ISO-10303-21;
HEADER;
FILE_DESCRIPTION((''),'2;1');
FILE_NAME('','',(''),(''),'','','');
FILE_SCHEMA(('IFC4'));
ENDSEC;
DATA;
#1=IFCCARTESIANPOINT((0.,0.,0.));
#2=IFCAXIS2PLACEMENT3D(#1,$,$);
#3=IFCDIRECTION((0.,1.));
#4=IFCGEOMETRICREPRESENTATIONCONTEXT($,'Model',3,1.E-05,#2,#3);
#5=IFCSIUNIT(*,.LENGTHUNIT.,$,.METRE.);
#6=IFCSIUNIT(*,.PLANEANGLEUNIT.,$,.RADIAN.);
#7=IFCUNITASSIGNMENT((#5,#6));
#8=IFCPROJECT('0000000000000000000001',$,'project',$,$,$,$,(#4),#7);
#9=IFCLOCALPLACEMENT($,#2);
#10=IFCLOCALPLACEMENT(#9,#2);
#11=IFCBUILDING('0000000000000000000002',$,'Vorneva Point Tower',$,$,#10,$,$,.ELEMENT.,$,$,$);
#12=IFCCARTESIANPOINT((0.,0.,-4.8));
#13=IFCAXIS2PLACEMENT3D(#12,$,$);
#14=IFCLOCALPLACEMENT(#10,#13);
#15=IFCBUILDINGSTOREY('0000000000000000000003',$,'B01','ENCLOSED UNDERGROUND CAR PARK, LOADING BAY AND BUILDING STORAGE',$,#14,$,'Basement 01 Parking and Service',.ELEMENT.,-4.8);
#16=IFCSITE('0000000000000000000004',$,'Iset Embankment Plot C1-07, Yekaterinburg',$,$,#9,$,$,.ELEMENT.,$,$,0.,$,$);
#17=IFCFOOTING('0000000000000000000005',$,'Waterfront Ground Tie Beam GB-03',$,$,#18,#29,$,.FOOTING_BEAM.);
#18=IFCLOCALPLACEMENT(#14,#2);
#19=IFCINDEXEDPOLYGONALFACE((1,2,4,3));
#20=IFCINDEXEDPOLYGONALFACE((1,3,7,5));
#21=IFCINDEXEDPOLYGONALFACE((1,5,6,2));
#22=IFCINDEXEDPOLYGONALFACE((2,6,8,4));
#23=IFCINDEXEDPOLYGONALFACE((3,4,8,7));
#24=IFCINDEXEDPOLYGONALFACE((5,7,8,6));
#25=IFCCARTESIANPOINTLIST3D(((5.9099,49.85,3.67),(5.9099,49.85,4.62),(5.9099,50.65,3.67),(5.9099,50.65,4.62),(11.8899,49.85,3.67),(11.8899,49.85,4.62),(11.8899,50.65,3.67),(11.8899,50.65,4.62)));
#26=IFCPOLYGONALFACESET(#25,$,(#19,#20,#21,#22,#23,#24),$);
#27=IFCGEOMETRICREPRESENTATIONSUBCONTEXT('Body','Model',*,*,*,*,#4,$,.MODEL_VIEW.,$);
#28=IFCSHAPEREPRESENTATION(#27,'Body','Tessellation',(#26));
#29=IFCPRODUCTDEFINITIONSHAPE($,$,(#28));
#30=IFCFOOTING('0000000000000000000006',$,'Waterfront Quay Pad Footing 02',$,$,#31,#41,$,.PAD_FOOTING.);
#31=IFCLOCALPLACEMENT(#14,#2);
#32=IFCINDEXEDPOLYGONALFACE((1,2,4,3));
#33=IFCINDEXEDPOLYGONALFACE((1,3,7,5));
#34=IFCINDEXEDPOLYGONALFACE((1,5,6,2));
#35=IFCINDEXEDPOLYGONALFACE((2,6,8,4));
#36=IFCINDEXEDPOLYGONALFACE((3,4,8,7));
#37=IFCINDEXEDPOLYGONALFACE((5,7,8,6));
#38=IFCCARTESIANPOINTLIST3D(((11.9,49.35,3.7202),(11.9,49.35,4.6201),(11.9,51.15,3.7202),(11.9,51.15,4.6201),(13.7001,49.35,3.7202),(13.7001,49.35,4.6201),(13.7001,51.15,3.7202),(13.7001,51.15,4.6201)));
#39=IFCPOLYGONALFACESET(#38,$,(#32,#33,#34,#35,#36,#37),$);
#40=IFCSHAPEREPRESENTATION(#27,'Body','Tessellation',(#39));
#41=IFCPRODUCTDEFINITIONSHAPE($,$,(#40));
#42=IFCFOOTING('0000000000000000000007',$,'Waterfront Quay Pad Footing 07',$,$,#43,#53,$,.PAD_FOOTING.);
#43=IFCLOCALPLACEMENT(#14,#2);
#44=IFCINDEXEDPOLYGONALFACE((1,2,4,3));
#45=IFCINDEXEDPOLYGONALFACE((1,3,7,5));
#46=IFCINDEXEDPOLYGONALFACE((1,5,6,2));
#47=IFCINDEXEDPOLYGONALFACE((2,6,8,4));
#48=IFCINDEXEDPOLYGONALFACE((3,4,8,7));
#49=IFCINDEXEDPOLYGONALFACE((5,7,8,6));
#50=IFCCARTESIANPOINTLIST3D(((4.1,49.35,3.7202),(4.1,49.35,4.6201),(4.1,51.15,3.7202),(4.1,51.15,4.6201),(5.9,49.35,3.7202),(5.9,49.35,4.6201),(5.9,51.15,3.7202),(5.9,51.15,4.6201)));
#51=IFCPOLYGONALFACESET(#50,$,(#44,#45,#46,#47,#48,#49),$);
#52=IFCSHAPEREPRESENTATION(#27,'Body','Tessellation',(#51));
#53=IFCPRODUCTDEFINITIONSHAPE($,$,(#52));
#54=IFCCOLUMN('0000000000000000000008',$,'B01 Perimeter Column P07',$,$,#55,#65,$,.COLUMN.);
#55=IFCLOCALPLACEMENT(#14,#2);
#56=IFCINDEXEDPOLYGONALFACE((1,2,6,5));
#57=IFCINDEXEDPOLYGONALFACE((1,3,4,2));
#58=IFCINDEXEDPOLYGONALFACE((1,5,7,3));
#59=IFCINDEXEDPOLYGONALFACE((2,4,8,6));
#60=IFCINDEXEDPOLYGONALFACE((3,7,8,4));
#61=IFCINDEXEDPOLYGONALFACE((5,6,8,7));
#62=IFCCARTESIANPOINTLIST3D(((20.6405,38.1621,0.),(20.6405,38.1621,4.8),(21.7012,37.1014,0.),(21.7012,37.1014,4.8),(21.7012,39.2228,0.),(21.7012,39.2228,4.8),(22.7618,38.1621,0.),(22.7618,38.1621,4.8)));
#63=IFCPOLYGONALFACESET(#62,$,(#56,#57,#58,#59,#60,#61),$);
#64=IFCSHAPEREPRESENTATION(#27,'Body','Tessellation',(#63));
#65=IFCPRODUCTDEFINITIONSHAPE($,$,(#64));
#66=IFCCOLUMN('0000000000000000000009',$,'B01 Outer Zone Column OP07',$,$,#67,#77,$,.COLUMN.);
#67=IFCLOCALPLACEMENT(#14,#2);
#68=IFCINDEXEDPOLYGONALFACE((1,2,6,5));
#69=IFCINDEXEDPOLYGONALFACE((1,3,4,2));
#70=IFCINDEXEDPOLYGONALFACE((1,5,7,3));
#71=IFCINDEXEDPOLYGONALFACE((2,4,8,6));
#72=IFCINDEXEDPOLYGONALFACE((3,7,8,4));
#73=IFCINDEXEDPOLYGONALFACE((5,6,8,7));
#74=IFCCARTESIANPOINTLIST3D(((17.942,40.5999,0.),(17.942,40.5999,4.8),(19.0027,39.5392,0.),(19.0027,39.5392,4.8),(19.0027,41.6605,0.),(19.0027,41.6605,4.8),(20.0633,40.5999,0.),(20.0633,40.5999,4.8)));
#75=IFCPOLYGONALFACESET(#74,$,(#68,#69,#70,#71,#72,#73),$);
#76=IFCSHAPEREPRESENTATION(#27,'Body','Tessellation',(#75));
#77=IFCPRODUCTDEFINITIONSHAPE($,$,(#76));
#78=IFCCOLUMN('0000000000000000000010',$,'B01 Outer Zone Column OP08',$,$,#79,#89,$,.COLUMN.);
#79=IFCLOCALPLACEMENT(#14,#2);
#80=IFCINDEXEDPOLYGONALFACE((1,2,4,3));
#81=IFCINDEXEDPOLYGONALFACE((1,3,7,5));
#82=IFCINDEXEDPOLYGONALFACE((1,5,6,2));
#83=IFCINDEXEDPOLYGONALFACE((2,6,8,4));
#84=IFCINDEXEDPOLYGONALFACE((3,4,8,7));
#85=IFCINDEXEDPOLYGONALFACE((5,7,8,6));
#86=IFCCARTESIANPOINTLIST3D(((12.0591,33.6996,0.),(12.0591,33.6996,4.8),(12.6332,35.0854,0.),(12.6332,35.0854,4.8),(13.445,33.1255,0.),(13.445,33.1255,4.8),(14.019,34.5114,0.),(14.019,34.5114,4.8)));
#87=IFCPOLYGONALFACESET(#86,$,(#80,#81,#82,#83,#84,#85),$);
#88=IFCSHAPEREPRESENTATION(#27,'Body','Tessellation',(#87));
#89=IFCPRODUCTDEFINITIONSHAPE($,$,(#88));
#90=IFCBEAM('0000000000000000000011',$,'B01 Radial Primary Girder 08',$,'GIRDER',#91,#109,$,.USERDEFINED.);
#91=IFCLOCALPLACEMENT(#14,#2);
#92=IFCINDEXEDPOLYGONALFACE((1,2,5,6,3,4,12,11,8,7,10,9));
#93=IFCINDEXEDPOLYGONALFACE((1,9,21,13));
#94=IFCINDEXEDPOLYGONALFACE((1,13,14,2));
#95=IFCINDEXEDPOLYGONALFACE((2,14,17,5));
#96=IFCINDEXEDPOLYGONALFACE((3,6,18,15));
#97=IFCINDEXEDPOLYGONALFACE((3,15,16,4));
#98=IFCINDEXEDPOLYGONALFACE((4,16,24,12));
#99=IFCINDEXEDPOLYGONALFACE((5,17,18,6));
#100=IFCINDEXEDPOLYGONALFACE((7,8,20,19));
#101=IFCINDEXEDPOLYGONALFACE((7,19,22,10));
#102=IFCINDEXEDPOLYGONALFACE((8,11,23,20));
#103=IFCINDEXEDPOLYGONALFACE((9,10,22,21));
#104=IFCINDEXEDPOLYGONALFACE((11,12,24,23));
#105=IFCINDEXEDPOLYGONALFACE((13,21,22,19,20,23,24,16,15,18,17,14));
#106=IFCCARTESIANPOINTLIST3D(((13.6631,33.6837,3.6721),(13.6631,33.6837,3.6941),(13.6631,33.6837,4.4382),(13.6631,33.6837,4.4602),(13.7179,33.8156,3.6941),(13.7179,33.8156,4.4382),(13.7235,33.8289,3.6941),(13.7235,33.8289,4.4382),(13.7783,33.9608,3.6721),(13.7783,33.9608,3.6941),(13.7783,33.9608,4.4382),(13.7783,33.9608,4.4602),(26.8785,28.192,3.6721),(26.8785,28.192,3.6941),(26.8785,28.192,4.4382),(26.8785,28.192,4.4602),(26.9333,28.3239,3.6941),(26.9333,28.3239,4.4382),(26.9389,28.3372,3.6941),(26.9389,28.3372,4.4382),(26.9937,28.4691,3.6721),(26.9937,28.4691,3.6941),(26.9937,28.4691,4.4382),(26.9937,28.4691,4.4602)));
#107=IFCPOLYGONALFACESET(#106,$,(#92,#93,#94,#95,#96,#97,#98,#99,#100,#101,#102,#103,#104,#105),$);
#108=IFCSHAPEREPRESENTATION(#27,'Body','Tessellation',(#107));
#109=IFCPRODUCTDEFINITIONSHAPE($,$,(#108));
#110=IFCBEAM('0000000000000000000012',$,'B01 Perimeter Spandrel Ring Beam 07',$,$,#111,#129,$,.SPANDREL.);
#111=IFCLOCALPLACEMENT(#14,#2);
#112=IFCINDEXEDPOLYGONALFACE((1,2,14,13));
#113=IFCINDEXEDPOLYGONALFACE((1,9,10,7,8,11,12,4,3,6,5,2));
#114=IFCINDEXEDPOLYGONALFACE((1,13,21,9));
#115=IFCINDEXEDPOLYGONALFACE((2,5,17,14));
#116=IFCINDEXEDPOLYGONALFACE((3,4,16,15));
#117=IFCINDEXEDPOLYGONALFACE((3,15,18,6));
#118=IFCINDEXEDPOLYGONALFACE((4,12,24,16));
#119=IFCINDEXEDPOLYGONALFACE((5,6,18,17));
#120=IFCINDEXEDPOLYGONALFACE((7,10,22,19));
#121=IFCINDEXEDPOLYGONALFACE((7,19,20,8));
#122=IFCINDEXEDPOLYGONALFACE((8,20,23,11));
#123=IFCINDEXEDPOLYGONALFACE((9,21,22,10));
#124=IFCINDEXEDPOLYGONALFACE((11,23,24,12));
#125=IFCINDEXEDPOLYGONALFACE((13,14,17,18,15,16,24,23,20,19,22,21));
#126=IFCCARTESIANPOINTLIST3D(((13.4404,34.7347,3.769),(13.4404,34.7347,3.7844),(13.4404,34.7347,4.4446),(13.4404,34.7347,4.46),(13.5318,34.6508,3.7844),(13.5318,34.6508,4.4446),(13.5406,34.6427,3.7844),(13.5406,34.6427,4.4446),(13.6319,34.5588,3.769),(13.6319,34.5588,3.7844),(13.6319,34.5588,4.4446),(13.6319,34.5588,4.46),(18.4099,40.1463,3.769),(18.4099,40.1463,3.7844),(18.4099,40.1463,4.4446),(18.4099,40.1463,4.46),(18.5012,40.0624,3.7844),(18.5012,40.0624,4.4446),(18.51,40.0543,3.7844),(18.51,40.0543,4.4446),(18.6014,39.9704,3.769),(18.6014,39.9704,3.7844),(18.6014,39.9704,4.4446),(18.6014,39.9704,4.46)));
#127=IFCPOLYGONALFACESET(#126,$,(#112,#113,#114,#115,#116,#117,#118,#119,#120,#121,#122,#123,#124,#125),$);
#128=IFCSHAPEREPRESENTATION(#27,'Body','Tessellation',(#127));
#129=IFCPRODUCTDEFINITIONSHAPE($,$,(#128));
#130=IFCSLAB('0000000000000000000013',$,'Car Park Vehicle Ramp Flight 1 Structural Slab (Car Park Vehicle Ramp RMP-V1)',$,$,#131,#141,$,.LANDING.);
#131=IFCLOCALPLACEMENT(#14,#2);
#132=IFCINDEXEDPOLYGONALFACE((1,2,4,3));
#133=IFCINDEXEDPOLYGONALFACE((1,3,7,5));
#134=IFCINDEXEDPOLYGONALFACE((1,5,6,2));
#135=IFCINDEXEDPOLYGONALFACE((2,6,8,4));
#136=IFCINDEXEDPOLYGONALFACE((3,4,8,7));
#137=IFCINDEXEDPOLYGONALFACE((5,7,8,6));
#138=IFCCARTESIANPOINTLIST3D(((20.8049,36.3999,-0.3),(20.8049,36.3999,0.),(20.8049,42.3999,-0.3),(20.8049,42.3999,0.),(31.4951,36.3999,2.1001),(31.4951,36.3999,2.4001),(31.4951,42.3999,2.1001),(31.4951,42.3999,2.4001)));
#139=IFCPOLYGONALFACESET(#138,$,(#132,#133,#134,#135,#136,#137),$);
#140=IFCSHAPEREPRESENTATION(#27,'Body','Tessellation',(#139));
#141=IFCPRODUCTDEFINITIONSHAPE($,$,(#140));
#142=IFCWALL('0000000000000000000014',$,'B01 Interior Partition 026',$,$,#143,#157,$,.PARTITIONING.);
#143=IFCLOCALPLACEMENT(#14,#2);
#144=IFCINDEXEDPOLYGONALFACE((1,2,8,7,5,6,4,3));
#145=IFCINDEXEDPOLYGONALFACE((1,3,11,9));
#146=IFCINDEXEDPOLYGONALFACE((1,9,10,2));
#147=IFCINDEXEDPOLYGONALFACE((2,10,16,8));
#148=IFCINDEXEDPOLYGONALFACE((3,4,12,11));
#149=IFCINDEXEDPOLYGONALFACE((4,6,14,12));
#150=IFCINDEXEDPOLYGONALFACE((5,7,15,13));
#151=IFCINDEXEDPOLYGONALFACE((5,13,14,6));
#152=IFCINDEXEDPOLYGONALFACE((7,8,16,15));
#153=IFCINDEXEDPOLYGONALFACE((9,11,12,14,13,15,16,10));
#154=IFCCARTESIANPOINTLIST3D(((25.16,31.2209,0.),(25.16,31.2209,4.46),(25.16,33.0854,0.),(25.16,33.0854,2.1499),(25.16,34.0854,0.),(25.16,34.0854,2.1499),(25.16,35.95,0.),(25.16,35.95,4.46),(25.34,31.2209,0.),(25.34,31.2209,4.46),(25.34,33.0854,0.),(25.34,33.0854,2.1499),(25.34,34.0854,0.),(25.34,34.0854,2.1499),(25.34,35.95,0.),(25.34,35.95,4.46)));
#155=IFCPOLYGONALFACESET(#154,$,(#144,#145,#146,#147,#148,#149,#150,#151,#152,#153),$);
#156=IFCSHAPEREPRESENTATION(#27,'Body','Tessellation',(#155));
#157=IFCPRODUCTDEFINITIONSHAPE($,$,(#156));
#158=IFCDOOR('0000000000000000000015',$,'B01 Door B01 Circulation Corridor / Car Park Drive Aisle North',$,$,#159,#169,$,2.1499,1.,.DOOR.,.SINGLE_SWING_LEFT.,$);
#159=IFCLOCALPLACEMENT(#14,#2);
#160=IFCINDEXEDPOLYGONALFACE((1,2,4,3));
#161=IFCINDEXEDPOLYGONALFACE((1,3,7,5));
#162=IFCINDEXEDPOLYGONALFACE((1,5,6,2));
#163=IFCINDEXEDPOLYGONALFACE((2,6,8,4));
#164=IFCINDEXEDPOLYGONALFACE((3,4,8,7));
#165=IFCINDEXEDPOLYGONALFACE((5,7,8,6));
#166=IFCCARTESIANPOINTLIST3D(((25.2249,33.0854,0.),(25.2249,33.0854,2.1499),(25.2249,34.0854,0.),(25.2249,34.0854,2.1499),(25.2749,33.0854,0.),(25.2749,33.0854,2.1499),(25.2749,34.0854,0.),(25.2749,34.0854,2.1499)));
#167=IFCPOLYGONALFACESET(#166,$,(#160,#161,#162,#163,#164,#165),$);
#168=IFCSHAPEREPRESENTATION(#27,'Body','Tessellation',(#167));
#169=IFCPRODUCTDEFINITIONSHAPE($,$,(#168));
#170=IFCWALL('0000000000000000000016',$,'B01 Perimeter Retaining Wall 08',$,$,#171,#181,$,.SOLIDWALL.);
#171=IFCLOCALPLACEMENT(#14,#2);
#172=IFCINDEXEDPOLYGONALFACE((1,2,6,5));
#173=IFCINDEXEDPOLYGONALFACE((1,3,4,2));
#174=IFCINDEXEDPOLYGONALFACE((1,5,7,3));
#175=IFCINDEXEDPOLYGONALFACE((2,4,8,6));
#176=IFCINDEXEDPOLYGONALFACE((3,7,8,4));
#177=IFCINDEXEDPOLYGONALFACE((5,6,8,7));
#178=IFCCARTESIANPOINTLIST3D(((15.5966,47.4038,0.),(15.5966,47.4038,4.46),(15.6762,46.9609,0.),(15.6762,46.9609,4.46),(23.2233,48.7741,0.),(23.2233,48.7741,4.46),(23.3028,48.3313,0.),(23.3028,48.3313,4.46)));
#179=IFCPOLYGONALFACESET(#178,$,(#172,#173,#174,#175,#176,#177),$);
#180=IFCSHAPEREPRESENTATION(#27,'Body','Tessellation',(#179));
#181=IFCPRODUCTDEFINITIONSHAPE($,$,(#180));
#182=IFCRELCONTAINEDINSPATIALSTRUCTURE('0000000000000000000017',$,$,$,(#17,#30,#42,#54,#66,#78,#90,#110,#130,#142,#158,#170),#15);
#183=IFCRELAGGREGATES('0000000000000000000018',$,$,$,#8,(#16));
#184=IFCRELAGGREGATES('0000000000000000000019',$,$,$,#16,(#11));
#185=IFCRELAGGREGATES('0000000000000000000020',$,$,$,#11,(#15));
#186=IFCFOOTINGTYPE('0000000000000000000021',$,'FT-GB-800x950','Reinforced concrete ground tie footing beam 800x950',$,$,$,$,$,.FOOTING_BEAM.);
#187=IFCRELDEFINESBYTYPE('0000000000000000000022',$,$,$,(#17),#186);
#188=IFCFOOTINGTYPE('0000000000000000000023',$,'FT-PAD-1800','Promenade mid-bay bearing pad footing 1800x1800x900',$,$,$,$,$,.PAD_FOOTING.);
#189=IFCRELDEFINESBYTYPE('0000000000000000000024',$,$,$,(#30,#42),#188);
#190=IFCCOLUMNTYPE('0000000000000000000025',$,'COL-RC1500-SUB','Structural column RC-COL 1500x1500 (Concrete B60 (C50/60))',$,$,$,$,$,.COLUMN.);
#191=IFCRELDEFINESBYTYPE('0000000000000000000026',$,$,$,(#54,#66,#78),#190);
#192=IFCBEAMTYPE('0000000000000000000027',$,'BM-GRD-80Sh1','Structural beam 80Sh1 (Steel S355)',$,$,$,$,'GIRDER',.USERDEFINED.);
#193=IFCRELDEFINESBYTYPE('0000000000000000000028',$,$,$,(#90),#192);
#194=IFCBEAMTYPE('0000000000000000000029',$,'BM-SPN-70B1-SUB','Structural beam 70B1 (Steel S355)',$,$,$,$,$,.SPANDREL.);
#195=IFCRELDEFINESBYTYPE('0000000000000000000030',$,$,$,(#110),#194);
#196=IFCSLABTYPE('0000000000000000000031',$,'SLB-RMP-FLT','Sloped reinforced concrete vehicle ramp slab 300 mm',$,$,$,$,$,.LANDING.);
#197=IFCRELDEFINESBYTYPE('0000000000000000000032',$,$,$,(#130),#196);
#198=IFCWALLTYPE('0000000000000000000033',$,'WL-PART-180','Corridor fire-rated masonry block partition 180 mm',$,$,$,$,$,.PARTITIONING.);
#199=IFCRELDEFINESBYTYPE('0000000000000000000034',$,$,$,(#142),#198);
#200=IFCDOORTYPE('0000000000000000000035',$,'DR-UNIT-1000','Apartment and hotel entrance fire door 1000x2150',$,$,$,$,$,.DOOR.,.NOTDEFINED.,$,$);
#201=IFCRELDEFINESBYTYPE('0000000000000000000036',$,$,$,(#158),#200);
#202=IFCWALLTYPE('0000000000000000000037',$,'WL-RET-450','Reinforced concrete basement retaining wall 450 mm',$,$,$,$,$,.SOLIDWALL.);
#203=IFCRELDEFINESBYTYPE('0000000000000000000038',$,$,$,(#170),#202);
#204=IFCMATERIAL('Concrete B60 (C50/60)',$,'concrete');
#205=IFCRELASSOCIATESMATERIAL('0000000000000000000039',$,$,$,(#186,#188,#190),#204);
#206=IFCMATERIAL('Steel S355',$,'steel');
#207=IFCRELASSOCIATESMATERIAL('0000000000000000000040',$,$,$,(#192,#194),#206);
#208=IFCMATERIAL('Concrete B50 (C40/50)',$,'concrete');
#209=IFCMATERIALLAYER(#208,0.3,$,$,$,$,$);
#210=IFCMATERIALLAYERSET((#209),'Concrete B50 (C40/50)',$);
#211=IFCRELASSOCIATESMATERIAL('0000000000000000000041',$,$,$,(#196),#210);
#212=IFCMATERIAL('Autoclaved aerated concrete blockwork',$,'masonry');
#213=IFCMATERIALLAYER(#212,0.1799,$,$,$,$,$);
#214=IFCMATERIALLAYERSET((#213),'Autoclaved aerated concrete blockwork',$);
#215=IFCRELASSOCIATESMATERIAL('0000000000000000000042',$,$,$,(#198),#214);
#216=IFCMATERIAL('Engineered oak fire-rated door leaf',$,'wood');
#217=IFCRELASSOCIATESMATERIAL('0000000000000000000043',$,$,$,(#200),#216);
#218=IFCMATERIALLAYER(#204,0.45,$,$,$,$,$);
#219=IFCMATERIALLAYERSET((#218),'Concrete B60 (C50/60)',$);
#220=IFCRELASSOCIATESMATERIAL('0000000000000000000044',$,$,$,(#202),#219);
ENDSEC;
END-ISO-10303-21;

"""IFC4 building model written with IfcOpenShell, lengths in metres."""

from ifc_helpers import new_model, si_unit, direction, frame, frame_2d, origin, origin_2d, place, context, subcontext, project, spatial, polyline, rectangle, i_section, outline, extrude, material, layer, layer_set, material_profile, profile_set, type_object, element, fill, save


model = new_model("IFC4")

# Units and contexts
model_context = context("Model", 3, precision=1e-05, world=origin(), true_north=direction((0.0, 1.0)))
body_context = subcontext(model_context, "Body", "Model", "MODEL_VIEW")
ifc_project = project(units=[si_unit("LENGTHUNIT", "METRE"), si_unit("PLANEANGLEUNIT", "RADIAN")], contexts=[model_context])

# Site, building, storey
site_placement = place(None, origin())
site = spatial("IfcSite", under=ifc_project, at=site_placement, Name="Iset Embankment Plot C1-07, Yekaterinburg", CompositionType="ELEMENT", RefElevation=0.0)
building_placement = place(site_placement, origin())
building = spatial("IfcBuilding", under=site, at=building_placement, Name="Vorneva Point Tower", CompositionType="ELEMENT")
storey_placement = place(building_placement, frame((0.0, 0.0, -4.8)))
storey = spatial("IfcBuildingStorey", under=building, at=storey_placement, Name="B01", Description="ENCLOSED UNDERGROUND CAR PARK, LOADING BAY AND BUILDING STORAGE", LongName="Basement 01 Parking and Service", CompositionType="ELEMENT", Elevation=-4.8)

# Footings
ifc_material_1 = material(Name="Concrete B60 (C50/60)", Category="concrete")
ifc_material_profile_1 = material_profile(ifc_material_1, rectangle(XDim=0.8, YDim=0.95, at=origin_2d()), Name="GB 800x950")
ifc_profile_set_1 = profile_set([ifc_material_profile_1], Name="Concrete B60 (C50/60)")
footing_type_1 = type_object("IfcFootingType", Name="FT-GB-800x950", Description="Reinforced concrete ground tie footing beam 800x950", PredefinedType="FOOTING_BEAM", material=ifc_profile_set_1)
footing_placement = place(storey_placement, frame((5.9099, 50.25, 4.145), z_axis=(1.0, 0.0, 0.0), x_axis=(0.0, 1.0, 0.0)))
element("IfcFooting", 1, at=footing_placement, inside=storey, type_object=footing_type_1, Name="Waterfront Ground Tie Beam GB-03", PredefinedType="FOOTING_BEAM", context=body_context, shape_type="SweptSolid", body=[
    extrude(rectangle(XDim=0.8, YDim=0.95, at=origin_2d()), origin(), (0.0, 0.0, 1.0), 5.98),
])
footing_type_2 = type_object("IfcFootingType", Name="FT-PAD-1800", Description="Promenade mid-bay bearing pad footing 1800x1800x900", PredefinedType="PAD_FOOTING", material=ifc_material_1)
for number, where, z_axis, x_axis, name in (
    (2, (12.8, 50.25, 3.7202), (0.0, 0.0, 1.0), (1.0, 0.0, 0.0), "Waterfront Quay Pad Footing 02"),
    (3, (5.0, 50.25, 3.7202), (0.0, 0.0, 1.0), (1.0, 0.0, 0.0), "Waterfront Quay Pad Footing 07"),
):
    element("IfcFooting", number, at=place(storey_placement, frame(where, z_axis=z_axis, x_axis=x_axis)), inside=storey, type_object=footing_type_2, Name=name, PredefinedType="PAD_FOOTING", context=body_context, shape_type="SweptSolid", body=[
        extrude(rectangle(XDim=1.8, YDim=1.8, at=origin_2d()), origin(), (0.0, 0.0, 1.0), 0.8999),
    ])

# Columns
ifc_material_profile_2 = material_profile(ifc_material_1, rectangle(XDim=1.5, YDim=1.5, at=origin_2d()), Name="RC-COL 1500x1500")
ifc_profile_set_2 = profile_set([ifc_material_profile_2], Name="Concrete B60 (C50/60)")
column_type = type_object("IfcColumnType", Name="COL-RC1500-SUB", Description="Structural column RC-COL 1500x1500 (Concrete B60 (C50/60))", PredefinedType="COLUMN", material=ifc_profile_set_2)
for number, where, z_axis, x_axis, name in (
    (4, (21.7012, 38.1621, 0.0), (0.0, 0.0, 1.0), (-0.707107, 0.707107, 0.0), "B01 Perimeter Column P07"),
    (5, (19.0027, 40.5999, 0.0), (0.0, 0.0, 1.0), (-0.707107, 0.707107, 0.0), "B01 Outer Zone Column OP07"),
    (6, (13.0391, 34.1055, 0.0), (0.0, 0.0, 1.0), (-0.92388, 0.382683, 0.0), "B01 Outer Zone Column OP08"),
):
    element("IfcColumn", number, at=place(storey_placement, frame(where, z_axis=z_axis, x_axis=x_axis)), inside=storey, type_object=column_type, Name=name, PredefinedType="COLUMN", context=body_context, shape_type="SweptSolid", body=[
        extrude(rectangle(XDim=1.5, YDim=1.5, at=origin_2d()), origin(), (0.0, 0.0, 1.0), 4.8),
    ])

# Beams
ifc_material_2 = material(Name="Steel S355", Category="steel")
ifc_material_profile_3 = material_profile(ifc_material_2, i_section(OverallWidth=0.3, OverallDepth=0.7881, WebThickness=0.0144, FlangeThickness=0.022, at=origin_2d()), Name="80Sh1")
ifc_profile_set_3 = profile_set([ifc_material_profile_3], Name="Steel S355")
beam_type_1 = type_object("IfcBeamType", Name="BM-GRD-80Sh1", Description="Structural beam 80Sh1 (Steel S355)", ElementType="GIRDER", PredefinedType="USERDEFINED", material=ifc_profile_set_3)
beam_1_placement = place(storey_placement, frame((13.7207, 33.8223, 4.0662), z_axis=(0.923441, -0.383741, 0.0), x_axis=(0.383741, 0.923441, 0.0)))
element("IfcBeam", 7, at=beam_1_placement, inside=storey, type_object=beam_type_1, Name="B01 Radial Primary Girder 08", ObjectType="GIRDER", PredefinedType="USERDEFINED", context=body_context, shape_type="SweptSolid", body=[
    extrude(i_section(OverallWidth=0.3, OverallDepth=0.7881, WebThickness=0.0144, FlangeThickness=0.022, at=origin_2d()), origin(), (0.0, 0.0, 1.0), 14.311),
])
ifc_material_profile_4 = material_profile(ifc_material_2, i_section(OverallWidth=0.26, OverallDepth=0.6909, WebThickness=0.012, FlangeThickness=0.0154, at=origin_2d()), Name="70B1")
ifc_profile_set_4 = profile_set([ifc_material_profile_4], Name="Steel S355")
beam_type_2 = type_object("IfcBeamType", Name="BM-SPN-70B1-SUB", Description="Structural beam 70B1 (Steel S355)", PredefinedType="SPANDREL", material=ifc_profile_set_4)
beam_2_placement = place(storey_placement, frame((18.5056, 40.0583, 4.1145), z_axis=(-0.676377, -0.736555, 0.0), x_axis=(0.736555, -0.676377, 0.0)))
element("IfcBeam", 8, at=beam_2_placement, inside=storey, type_object=beam_type_2, Name="B01 Perimeter Spandrel Ring Beam 07", PredefinedType="SPANDREL", context=body_context, shape_type="SweptSolid", body=[
    extrude(i_section(OverallWidth=0.26, OverallDepth=0.6909, WebThickness=0.012, FlangeThickness=0.0154, at=origin_2d()), origin(), (0.0, 0.0, 1.0), 7.3472),
])

# Slab
ifc_material_3 = material(Name="Concrete B50 (C40/50)", Category="concrete")
ifc_layer_1 = layer(ifc_material_3, 0.3)
ifc_layer_set_1 = layer_set([ifc_layer_1], Name="Concrete B50 (C40/50)")
slab_type = type_object("IfcSlabType", Name="SLB-RMP-FLT", Description="Sloped reinforced concrete vehicle ramp slab 300 mm", PredefinedType="LANDING", material=ifc_layer_set_1)
slab_placement = place(storey_placement, frame((20.8049, 39.3999, 0.0), z_axis=(0.0, 0.0, 1.0), x_axis=(1.0, 0.0, 0.0)))
element("IfcSlab", 9, at=slab_placement, inside=storey, type_object=slab_type, Name="Car Park Vehicle Ramp Flight 1 Structural Slab (Car Park Vehicle Ramp RMP-V1)", PredefinedType="LANDING", context=body_context, shape_type="SweptSolid", body=[
    extrude(outline(polyline([(0.0, -0.3), (10.6902, 2.1001), (10.6902, 2.4001), (0.0, 0.0), (0.0, -0.3)])), frame((0.0, 3.0, 0.0), z_axis=(0.0, -1.0, 0.0), x_axis=(1.0, 0.0, 0.0)), (0.0, 0.0, 1.0), 6.0),
])

# Wall, opening, door
ifc_material_4 = material(Name="Autoclaved aerated concrete blockwork", Category="masonry")
ifc_layer_2 = layer(ifc_material_4, 0.1799)
ifc_layer_set_2 = layer_set([ifc_layer_2], Name="Autoclaved aerated concrete blockwork")
wall_type_1 = type_object("IfcWallType", Name="WL-PART-180", Description="Corridor fire-rated masonry block partition 180 mm", PredefinedType="PARTITIONING", material=ifc_layer_set_2)
wall_1_placement = place(storey_placement, frame((25.25, 35.95, 0.0), z_axis=(0.0, 0.0, 1.0), x_axis=(0.0, -1.0, 0.0)))
wall_1 = element("IfcWall", 10, at=wall_1_placement, inside=storey, type_object=wall_type_1, Name="B01 Interior Partition 026", PredefinedType="PARTITIONING", context=body_context, shape_type="SweptSolid", body=[
    extrude(rectangle(XDim=4.729, YDim=0.1799, at=frame_2d((2.3645, 0.0))), origin(), (0.0, 0.0, 1.0), 4.46),
])
opening_placement = place(wall_1_placement, frame((1.8645, 0.0, 0.0)))
opening = element("IfcOpeningElement", 11, at=opening_placement, cuts=wall_1, PredefinedType="OPENING", context=body_context, shape_type="SweptSolid", body=[
    extrude(rectangle(XDim=1.0, YDim=2.1499, at=frame_2d((0.5, 1.075))), frame((0.0, 0.105, 0.0), z_axis=(0.0, -1.0, 0.0), x_axis=(1.0, 0.0, 0.0)), (0.0, 0.0, 1.0), 0.2097),
])
ifc_material_5 = material(Name="Engineered oak fire-rated door leaf", Category="wood")
door_type = type_object("IfcDoorType", Name="DR-UNIT-1000", Description="Apartment and hotel entrance fire door 1000x2150", OperationType="NOTDEFINED", PredefinedType="DOOR", material=ifc_material_5)
door_placement = place(opening_placement, origin())
door = element("IfcDoor", 12, at=door_placement, inside=storey, type_object=door_type, Name="B01 Door B01 Circulation Corridor / Car Park Drive Aisle North", OperationType="SINGLE_SWING_LEFT", OverallHeight=2.1499, OverallWidth=1.0, PredefinedType="DOOR", context=body_context, shape_type="SweptSolid", body=[
    extrude(rectangle(XDim=1.0, YDim=2.1499, at=frame_2d((0.5, 1.075))), frame((0.0, 0.0249, 0.0), z_axis=(0.0, -1.0, 0.0), x_axis=(1.0, 0.0, 0.0)), (0.0, 0.0, 1.0), 0.05),
])
fill(opening, door)

# Wall
ifc_layer_3 = layer(ifc_material_1, 0.45)
ifc_layer_set_3 = layer_set([ifc_layer_3], Name="Concrete B60 (C50/60)")
wall_type_2 = type_object("IfcWallType", Name="WL-RET-450", Description="Reinforced concrete basement retaining wall 450 mm", PredefinedType="SOLIDWALL", material=ifc_layer_set_3)
wall_2_placement = place(storey_placement, frame((23.2632, 48.5527, 0.0), z_axis=(0.0, 0.0, 1.0), x_axis=(-0.984238, -0.176847, 0.0)))
element("IfcWall", 13, at=wall_2_placement, inside=storey, type_object=wall_type_2, Name="B01 Perimeter Retaining Wall 08", PredefinedType="SOLIDWALL", context=body_context, shape_type="SweptSolid", body=[
    extrude(rectangle(XDim=7.7488, YDim=0.45, at=frame_2d((3.8745, 0.0))), origin(), (0.0, 0.0, 1.0), 4.46),
])

save(model, "model.ifc")
